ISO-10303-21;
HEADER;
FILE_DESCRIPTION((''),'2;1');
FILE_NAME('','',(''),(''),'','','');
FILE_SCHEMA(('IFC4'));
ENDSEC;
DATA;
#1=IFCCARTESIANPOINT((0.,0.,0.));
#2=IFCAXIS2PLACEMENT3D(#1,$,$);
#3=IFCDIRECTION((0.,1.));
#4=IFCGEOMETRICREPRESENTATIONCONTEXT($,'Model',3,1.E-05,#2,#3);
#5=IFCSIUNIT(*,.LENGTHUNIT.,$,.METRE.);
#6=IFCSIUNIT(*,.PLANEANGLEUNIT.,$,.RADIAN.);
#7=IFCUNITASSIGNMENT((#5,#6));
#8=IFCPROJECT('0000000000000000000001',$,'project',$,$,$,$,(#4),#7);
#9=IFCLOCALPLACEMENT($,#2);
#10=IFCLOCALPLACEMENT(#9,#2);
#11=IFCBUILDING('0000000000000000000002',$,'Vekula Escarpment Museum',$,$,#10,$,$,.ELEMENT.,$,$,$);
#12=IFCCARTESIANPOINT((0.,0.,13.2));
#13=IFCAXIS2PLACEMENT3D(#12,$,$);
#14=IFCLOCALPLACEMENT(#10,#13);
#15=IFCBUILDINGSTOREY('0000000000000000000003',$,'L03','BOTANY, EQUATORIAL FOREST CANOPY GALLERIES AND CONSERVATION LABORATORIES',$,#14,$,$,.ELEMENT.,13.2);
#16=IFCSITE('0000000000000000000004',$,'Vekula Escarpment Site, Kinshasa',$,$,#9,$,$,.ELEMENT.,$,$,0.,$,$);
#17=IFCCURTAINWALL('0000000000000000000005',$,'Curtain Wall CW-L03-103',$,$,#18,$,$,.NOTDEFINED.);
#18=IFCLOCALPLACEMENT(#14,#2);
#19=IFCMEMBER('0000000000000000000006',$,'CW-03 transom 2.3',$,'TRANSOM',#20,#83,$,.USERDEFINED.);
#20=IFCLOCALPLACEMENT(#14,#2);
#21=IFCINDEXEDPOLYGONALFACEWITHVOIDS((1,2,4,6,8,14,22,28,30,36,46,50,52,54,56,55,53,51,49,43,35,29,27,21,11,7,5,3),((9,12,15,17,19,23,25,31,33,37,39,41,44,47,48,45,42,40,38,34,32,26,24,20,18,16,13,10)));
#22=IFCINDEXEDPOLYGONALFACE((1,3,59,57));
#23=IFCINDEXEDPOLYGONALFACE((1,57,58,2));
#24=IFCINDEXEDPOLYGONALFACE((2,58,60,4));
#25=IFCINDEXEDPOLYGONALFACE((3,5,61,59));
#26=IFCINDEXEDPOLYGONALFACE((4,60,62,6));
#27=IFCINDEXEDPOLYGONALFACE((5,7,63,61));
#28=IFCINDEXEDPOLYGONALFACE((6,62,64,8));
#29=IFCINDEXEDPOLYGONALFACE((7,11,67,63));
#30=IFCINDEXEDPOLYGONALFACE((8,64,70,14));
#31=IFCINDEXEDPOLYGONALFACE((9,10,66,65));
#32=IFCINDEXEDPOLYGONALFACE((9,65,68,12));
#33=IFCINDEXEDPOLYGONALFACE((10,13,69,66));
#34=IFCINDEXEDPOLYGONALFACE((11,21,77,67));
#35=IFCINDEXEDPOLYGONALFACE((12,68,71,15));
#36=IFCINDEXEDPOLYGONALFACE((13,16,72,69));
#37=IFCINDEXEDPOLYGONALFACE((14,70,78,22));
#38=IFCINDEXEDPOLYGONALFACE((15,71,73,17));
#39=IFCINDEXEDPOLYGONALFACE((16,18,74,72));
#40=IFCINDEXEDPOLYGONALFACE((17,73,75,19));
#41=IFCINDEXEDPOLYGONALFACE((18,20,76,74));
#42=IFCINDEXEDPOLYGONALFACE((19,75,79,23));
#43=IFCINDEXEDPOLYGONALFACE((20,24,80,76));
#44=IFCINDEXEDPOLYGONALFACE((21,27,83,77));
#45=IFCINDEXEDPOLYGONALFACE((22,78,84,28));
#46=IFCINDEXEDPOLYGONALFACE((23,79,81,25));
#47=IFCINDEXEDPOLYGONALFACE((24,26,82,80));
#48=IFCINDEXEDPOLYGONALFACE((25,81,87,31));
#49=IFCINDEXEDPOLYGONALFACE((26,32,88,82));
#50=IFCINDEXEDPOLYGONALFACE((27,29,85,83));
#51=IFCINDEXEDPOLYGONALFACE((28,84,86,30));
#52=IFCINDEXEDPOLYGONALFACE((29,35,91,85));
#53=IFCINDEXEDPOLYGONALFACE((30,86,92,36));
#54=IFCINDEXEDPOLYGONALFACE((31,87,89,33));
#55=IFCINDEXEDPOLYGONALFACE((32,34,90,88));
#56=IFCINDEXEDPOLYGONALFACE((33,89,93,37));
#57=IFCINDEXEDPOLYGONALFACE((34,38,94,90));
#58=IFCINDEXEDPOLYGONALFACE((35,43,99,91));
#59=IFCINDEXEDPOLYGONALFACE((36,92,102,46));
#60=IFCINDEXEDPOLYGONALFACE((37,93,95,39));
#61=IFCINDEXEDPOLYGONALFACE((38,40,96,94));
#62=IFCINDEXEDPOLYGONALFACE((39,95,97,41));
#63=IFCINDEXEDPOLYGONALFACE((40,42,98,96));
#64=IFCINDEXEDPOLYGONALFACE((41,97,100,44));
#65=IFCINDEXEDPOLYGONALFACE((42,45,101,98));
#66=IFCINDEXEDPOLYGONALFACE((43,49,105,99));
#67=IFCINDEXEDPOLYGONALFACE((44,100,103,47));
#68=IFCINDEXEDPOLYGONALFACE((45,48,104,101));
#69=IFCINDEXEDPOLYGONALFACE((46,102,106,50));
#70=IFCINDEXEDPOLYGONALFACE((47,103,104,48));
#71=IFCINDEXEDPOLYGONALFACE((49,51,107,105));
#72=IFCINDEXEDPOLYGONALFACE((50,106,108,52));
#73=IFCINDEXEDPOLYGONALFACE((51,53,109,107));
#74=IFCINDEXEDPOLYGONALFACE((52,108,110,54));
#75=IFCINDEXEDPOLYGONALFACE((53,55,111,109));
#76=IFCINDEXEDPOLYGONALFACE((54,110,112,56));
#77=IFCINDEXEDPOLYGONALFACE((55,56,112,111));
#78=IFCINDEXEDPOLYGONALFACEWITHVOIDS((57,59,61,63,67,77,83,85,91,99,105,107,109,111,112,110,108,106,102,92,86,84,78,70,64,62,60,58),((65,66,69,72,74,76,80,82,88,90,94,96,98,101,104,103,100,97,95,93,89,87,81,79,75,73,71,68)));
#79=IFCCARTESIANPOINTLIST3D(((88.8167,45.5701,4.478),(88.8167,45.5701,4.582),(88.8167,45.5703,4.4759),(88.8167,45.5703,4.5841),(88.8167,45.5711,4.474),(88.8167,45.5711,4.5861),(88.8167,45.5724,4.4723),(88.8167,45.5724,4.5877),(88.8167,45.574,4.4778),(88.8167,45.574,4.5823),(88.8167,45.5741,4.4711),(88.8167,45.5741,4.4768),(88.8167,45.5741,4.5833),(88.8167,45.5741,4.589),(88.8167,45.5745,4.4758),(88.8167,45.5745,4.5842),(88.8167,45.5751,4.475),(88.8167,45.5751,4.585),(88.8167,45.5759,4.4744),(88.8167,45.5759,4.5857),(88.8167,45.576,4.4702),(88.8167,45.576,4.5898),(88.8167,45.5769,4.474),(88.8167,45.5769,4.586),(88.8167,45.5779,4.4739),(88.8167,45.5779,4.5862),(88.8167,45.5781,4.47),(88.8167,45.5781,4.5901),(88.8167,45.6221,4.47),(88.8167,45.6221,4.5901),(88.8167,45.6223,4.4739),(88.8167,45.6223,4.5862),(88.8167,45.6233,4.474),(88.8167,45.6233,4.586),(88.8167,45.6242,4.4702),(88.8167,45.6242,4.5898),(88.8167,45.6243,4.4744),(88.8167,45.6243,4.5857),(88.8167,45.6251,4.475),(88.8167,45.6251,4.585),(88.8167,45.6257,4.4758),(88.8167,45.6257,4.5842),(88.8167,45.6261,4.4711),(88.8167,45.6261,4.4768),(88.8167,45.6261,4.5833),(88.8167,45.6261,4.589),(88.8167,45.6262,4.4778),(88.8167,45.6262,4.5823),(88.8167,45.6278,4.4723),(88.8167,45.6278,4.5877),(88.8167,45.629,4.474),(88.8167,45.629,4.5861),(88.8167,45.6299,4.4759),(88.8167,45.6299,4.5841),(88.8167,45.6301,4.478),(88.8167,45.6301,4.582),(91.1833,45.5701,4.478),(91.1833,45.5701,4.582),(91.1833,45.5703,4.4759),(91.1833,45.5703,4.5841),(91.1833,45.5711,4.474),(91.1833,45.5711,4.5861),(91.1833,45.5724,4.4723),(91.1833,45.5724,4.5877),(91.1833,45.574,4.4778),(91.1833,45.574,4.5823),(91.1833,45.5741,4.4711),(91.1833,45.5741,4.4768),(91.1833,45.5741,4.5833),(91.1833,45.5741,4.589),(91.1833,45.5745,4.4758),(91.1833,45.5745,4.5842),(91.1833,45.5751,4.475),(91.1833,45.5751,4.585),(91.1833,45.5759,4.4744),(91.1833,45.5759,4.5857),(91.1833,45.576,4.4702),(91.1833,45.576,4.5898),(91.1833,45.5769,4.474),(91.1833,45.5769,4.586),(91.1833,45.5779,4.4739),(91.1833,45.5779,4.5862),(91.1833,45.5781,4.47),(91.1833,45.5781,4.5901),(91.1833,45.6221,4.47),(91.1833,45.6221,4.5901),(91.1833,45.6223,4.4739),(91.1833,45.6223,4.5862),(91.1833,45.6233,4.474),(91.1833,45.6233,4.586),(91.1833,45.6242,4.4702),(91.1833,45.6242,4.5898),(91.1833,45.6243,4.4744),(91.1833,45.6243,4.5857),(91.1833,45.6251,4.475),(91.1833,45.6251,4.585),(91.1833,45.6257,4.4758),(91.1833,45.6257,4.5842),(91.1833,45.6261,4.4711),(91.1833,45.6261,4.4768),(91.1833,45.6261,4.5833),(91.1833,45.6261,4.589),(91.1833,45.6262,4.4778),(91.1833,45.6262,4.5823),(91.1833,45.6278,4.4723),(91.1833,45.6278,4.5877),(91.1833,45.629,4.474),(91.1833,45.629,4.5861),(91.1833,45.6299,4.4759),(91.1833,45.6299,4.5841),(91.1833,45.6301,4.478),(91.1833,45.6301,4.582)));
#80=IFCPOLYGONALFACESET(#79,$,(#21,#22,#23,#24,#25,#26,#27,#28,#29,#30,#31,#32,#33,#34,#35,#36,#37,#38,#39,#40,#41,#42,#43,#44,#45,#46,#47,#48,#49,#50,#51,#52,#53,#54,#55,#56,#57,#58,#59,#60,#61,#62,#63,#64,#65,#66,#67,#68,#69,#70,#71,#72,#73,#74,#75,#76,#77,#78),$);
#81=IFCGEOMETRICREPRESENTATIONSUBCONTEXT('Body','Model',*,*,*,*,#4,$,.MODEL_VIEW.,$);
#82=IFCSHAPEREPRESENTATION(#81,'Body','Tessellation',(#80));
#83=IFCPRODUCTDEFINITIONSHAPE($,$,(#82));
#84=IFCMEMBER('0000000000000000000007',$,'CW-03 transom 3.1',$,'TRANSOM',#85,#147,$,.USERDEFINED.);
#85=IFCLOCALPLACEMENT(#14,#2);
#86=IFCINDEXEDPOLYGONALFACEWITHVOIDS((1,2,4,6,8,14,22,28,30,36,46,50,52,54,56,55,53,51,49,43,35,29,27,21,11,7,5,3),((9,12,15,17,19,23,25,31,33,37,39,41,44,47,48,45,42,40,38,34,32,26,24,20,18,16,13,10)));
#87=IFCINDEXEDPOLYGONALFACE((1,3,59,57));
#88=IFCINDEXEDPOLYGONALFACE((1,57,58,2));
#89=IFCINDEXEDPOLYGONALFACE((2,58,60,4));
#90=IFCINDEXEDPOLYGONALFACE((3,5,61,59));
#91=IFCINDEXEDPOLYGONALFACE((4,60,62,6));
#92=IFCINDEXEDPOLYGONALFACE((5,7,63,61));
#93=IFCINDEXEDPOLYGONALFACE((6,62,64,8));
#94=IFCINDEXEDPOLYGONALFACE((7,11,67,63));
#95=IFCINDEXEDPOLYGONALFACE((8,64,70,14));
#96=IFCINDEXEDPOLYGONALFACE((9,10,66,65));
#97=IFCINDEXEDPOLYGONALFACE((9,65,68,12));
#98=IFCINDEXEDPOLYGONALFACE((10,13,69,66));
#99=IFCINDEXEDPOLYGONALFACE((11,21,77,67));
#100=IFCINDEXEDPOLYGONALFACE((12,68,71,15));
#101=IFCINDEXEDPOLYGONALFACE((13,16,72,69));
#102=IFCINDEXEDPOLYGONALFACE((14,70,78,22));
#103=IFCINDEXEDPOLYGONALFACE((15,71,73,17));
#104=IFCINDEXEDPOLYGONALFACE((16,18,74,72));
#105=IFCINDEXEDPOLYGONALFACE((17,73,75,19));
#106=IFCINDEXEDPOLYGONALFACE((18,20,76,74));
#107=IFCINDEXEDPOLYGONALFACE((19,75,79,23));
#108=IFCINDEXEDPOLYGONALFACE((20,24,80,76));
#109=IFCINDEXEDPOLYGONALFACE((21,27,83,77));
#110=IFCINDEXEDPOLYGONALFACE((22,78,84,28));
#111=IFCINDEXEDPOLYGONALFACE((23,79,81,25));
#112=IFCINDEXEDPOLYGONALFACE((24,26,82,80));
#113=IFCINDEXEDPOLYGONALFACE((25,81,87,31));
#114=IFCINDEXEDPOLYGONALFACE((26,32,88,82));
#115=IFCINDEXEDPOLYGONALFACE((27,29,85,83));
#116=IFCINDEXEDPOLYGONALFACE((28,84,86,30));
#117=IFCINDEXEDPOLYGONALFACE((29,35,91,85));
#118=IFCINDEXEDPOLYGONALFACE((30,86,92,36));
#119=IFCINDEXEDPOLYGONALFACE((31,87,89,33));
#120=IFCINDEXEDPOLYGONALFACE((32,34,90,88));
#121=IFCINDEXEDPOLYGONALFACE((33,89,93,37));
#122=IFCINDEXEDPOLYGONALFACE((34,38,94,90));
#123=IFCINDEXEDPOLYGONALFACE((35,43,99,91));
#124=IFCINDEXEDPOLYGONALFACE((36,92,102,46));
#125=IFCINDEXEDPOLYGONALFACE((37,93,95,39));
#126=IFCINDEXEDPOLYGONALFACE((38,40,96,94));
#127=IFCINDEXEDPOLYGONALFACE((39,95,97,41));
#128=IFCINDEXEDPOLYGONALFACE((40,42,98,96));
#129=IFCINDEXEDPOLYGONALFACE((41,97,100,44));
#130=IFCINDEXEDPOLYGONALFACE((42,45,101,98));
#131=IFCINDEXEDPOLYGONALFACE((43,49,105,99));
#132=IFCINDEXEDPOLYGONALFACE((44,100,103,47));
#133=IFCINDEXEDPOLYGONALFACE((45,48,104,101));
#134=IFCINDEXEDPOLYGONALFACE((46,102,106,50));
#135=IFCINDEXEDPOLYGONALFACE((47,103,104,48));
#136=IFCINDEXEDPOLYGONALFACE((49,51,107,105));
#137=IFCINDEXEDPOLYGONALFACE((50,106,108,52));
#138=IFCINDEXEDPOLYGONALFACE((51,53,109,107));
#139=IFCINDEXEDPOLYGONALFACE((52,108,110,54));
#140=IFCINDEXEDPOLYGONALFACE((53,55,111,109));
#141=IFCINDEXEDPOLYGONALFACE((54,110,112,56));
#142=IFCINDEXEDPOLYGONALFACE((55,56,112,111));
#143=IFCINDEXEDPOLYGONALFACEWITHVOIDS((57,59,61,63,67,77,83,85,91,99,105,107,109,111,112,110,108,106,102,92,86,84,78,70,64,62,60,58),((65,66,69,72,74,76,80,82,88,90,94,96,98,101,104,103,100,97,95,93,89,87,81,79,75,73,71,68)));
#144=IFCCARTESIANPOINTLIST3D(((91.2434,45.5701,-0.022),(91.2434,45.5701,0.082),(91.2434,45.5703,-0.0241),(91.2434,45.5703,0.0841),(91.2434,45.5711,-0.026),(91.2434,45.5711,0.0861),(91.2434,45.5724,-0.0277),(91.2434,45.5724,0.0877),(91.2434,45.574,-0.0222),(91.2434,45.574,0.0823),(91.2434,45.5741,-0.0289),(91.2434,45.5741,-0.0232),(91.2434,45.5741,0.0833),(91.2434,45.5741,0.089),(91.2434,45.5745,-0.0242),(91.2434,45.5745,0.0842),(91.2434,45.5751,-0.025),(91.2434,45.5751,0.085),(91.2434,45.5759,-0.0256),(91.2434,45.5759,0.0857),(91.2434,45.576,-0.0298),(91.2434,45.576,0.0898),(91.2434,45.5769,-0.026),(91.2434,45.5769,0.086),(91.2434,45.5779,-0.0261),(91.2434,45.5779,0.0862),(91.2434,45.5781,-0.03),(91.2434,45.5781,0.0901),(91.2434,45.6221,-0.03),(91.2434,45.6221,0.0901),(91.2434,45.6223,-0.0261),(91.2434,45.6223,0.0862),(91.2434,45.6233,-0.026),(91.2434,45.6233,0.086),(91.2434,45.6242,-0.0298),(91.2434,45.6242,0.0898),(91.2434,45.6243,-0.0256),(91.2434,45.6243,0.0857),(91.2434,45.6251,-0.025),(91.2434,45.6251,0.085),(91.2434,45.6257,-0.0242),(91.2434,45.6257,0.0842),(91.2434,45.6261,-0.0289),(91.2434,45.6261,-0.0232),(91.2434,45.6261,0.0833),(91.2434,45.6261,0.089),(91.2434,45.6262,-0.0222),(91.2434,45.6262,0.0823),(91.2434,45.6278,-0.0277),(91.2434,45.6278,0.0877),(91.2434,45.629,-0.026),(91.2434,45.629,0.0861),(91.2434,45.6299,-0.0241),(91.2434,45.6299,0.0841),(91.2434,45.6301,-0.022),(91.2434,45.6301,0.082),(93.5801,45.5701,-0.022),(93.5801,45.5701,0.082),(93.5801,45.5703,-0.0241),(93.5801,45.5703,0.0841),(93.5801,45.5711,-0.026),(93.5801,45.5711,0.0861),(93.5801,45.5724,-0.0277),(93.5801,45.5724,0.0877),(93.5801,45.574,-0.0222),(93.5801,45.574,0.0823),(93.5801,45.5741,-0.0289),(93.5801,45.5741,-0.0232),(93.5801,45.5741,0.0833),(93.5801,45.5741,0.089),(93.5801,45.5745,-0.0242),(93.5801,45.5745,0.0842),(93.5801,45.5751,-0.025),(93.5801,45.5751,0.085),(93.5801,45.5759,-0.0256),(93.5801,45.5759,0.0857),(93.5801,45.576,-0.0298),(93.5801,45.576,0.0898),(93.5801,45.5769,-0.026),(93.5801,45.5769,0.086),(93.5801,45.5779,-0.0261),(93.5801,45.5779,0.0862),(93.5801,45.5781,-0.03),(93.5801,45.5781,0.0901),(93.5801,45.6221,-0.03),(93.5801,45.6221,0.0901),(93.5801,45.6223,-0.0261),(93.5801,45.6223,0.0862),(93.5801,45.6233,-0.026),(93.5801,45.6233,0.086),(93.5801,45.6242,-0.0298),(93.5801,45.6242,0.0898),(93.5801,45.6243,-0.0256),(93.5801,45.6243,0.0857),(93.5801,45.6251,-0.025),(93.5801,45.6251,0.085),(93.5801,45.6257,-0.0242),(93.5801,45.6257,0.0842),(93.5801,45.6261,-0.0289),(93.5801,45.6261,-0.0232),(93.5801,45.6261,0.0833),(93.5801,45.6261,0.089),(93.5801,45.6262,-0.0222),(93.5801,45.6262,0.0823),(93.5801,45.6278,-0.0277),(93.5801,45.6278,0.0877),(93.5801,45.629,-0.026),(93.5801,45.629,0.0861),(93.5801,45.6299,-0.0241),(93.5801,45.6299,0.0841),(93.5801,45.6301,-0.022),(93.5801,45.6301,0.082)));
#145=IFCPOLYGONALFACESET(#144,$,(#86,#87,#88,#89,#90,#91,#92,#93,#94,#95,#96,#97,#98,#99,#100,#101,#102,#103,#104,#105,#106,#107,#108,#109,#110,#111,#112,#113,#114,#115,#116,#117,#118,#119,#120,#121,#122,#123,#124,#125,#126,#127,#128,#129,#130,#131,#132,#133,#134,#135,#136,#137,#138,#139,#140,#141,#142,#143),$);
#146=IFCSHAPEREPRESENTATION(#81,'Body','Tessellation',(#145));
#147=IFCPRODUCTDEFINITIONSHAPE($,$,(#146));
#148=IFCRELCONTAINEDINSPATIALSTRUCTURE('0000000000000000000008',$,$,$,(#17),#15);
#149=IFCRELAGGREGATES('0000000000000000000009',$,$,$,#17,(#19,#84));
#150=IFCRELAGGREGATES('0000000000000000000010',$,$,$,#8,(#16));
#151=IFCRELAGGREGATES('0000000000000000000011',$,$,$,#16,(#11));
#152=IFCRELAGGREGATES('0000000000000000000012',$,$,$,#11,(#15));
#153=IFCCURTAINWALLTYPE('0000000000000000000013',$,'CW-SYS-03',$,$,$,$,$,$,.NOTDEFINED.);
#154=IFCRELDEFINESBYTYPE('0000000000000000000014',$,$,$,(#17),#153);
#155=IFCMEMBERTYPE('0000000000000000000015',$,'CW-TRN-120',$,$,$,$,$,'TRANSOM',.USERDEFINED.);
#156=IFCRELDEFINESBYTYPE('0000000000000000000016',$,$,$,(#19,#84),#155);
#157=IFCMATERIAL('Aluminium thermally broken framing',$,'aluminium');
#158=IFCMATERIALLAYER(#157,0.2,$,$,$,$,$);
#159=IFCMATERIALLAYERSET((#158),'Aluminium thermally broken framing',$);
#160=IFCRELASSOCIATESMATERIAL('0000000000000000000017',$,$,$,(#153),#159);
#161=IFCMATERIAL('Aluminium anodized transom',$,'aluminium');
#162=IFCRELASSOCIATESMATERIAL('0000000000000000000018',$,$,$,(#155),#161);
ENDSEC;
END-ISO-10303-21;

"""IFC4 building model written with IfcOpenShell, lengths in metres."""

from ifc_helpers import new_model, si_unit, direction, frame, origin, origin_2d, place, context, subcontext, project, spatial, hollow_rectangle, extrude, material, layer, layer_set, material_profile, profile_set, type_object, element, aggregate, save


model = new_model("IFC4")

# Units and contexts
model_context = context("Model", 3, precision=1e-05, world=origin(), true_north=direction((0.0, 1.0)))
body_context = subcontext(model_context, "Body", "Model", "MODEL_VIEW")
ifc_project = project(units=[si_unit("LENGTHUNIT", "METRE"), si_unit("PLANEANGLEUNIT", "RADIAN")], contexts=[model_context])

# Site, building, storey
site_placement = place(None, origin())
site = spatial("IfcSite", under=ifc_project, at=site_placement, Name="Vekula Escarpment Site, Kinshasa", CompositionType="ELEMENT", RefElevation=0.0)
building_placement = place(site_placement, origin())
building = spatial("IfcBuilding", under=site, at=building_placement, Name="Vekula Escarpment Museum", CompositionType="ELEMENT")
storey_placement = place(building_placement, frame((0.0, 0.0, 13.2)))
storey = spatial("IfcBuildingStorey", under=building, at=storey_placement, Name="L03", Description="BOTANY, EQUATORIAL FOREST CANOPY GALLERIES AND CONSERVATION LABORATORIES", CompositionType="ELEMENT", Elevation=13.2)

# Curtain wall
ifc_material_1 = material(Name="Aluminium thermally broken framing", Category="aluminium")
ifc_layer_1 = layer(ifc_material_1, 0.2)
ifc_layer_set_1 = layer_set([ifc_layer_1], Name="Aluminium thermally broken framing")
curtain_wall_type_1 = type_object("IfcCurtainWallType", Name="CW-SYS-03", PredefinedType="NOTDEFINED", material=ifc_layer_set_1)
curtain_wall_1_placement = place(storey_placement, origin())
curtain_wall_1 = element("IfcCurtainWall", 1, at=curtain_wall_1_placement, inside=storey, type_object=curtain_wall_type_1, Name="Curtain Wall CW-L03-103", PredefinedType="NOTDEFINED")

# Members
ifc_material_2 = material(Name="Aluminium anodized transom", Category="aluminium")
ifc_material_profile_1 = material_profile(ifc_material_2, hollow_rectangle(XDim=0.0601, YDim=0.1201, WallThickness=0.0039, InnerFilletRadius=0.0039, OuterFilletRadius=0.0081, at=origin_2d()), Name="ALU 120x60x4")
ifc_profile_set_1 = profile_set([ifc_material_profile_1], Name="Aluminium anodized transom")
member_type_1 = type_object("IfcMemberType", Name="CW-TRN-120", ElementType="TRANSOM", PredefinedType="USERDEFINED", material=ifc_profile_set_1)
member_1_placement = place(storey_placement, frame((88.8167, 45.6001, 4.53), z_axis=(1.0, 0.0, 0.0), x_axis=(0.0, 1.0, 0.0)))
member_1 = element("IfcMember", 2, at=member_1_placement, type_object=member_type_1, Name="CW-03 transom 2.3", ObjectType="TRANSOM", PredefinedType="USERDEFINED", context=body_context, shape_type="SweptSolid", body=[
    extrude(hollow_rectangle(XDim=0.0601, YDim=0.1201, WallThickness=0.0039, InnerFilletRadius=0.0039, OuterFilletRadius=0.0081, at=origin_2d()), origin(), (0.0, 0.0, 1.0), 2.3667),
])
member_2_placement = place(storey_placement, frame((91.2434, 45.6001, 0.03), z_axis=(1.0, 0.0, 0.0), x_axis=(0.0, 1.0, 0.0)))
member_2 = element("IfcMember", 3, at=member_2_placement, type_object=member_type_1, Name="CW-03 transom 3.1", ObjectType="TRANSOM", PredefinedType="USERDEFINED", context=body_context, shape_type="SweptSolid", body=[
    extrude(hollow_rectangle(XDim=0.0601, YDim=0.1201, WallThickness=0.0039, InnerFilletRadius=0.0039, OuterFilletRadius=0.0081, at=origin_2d()), origin(), (0.0, 0.0, 1.0), 2.3367),
])

aggregate(curtain_wall_1, [member_1, member_2])

save(model, "model.ifc")
